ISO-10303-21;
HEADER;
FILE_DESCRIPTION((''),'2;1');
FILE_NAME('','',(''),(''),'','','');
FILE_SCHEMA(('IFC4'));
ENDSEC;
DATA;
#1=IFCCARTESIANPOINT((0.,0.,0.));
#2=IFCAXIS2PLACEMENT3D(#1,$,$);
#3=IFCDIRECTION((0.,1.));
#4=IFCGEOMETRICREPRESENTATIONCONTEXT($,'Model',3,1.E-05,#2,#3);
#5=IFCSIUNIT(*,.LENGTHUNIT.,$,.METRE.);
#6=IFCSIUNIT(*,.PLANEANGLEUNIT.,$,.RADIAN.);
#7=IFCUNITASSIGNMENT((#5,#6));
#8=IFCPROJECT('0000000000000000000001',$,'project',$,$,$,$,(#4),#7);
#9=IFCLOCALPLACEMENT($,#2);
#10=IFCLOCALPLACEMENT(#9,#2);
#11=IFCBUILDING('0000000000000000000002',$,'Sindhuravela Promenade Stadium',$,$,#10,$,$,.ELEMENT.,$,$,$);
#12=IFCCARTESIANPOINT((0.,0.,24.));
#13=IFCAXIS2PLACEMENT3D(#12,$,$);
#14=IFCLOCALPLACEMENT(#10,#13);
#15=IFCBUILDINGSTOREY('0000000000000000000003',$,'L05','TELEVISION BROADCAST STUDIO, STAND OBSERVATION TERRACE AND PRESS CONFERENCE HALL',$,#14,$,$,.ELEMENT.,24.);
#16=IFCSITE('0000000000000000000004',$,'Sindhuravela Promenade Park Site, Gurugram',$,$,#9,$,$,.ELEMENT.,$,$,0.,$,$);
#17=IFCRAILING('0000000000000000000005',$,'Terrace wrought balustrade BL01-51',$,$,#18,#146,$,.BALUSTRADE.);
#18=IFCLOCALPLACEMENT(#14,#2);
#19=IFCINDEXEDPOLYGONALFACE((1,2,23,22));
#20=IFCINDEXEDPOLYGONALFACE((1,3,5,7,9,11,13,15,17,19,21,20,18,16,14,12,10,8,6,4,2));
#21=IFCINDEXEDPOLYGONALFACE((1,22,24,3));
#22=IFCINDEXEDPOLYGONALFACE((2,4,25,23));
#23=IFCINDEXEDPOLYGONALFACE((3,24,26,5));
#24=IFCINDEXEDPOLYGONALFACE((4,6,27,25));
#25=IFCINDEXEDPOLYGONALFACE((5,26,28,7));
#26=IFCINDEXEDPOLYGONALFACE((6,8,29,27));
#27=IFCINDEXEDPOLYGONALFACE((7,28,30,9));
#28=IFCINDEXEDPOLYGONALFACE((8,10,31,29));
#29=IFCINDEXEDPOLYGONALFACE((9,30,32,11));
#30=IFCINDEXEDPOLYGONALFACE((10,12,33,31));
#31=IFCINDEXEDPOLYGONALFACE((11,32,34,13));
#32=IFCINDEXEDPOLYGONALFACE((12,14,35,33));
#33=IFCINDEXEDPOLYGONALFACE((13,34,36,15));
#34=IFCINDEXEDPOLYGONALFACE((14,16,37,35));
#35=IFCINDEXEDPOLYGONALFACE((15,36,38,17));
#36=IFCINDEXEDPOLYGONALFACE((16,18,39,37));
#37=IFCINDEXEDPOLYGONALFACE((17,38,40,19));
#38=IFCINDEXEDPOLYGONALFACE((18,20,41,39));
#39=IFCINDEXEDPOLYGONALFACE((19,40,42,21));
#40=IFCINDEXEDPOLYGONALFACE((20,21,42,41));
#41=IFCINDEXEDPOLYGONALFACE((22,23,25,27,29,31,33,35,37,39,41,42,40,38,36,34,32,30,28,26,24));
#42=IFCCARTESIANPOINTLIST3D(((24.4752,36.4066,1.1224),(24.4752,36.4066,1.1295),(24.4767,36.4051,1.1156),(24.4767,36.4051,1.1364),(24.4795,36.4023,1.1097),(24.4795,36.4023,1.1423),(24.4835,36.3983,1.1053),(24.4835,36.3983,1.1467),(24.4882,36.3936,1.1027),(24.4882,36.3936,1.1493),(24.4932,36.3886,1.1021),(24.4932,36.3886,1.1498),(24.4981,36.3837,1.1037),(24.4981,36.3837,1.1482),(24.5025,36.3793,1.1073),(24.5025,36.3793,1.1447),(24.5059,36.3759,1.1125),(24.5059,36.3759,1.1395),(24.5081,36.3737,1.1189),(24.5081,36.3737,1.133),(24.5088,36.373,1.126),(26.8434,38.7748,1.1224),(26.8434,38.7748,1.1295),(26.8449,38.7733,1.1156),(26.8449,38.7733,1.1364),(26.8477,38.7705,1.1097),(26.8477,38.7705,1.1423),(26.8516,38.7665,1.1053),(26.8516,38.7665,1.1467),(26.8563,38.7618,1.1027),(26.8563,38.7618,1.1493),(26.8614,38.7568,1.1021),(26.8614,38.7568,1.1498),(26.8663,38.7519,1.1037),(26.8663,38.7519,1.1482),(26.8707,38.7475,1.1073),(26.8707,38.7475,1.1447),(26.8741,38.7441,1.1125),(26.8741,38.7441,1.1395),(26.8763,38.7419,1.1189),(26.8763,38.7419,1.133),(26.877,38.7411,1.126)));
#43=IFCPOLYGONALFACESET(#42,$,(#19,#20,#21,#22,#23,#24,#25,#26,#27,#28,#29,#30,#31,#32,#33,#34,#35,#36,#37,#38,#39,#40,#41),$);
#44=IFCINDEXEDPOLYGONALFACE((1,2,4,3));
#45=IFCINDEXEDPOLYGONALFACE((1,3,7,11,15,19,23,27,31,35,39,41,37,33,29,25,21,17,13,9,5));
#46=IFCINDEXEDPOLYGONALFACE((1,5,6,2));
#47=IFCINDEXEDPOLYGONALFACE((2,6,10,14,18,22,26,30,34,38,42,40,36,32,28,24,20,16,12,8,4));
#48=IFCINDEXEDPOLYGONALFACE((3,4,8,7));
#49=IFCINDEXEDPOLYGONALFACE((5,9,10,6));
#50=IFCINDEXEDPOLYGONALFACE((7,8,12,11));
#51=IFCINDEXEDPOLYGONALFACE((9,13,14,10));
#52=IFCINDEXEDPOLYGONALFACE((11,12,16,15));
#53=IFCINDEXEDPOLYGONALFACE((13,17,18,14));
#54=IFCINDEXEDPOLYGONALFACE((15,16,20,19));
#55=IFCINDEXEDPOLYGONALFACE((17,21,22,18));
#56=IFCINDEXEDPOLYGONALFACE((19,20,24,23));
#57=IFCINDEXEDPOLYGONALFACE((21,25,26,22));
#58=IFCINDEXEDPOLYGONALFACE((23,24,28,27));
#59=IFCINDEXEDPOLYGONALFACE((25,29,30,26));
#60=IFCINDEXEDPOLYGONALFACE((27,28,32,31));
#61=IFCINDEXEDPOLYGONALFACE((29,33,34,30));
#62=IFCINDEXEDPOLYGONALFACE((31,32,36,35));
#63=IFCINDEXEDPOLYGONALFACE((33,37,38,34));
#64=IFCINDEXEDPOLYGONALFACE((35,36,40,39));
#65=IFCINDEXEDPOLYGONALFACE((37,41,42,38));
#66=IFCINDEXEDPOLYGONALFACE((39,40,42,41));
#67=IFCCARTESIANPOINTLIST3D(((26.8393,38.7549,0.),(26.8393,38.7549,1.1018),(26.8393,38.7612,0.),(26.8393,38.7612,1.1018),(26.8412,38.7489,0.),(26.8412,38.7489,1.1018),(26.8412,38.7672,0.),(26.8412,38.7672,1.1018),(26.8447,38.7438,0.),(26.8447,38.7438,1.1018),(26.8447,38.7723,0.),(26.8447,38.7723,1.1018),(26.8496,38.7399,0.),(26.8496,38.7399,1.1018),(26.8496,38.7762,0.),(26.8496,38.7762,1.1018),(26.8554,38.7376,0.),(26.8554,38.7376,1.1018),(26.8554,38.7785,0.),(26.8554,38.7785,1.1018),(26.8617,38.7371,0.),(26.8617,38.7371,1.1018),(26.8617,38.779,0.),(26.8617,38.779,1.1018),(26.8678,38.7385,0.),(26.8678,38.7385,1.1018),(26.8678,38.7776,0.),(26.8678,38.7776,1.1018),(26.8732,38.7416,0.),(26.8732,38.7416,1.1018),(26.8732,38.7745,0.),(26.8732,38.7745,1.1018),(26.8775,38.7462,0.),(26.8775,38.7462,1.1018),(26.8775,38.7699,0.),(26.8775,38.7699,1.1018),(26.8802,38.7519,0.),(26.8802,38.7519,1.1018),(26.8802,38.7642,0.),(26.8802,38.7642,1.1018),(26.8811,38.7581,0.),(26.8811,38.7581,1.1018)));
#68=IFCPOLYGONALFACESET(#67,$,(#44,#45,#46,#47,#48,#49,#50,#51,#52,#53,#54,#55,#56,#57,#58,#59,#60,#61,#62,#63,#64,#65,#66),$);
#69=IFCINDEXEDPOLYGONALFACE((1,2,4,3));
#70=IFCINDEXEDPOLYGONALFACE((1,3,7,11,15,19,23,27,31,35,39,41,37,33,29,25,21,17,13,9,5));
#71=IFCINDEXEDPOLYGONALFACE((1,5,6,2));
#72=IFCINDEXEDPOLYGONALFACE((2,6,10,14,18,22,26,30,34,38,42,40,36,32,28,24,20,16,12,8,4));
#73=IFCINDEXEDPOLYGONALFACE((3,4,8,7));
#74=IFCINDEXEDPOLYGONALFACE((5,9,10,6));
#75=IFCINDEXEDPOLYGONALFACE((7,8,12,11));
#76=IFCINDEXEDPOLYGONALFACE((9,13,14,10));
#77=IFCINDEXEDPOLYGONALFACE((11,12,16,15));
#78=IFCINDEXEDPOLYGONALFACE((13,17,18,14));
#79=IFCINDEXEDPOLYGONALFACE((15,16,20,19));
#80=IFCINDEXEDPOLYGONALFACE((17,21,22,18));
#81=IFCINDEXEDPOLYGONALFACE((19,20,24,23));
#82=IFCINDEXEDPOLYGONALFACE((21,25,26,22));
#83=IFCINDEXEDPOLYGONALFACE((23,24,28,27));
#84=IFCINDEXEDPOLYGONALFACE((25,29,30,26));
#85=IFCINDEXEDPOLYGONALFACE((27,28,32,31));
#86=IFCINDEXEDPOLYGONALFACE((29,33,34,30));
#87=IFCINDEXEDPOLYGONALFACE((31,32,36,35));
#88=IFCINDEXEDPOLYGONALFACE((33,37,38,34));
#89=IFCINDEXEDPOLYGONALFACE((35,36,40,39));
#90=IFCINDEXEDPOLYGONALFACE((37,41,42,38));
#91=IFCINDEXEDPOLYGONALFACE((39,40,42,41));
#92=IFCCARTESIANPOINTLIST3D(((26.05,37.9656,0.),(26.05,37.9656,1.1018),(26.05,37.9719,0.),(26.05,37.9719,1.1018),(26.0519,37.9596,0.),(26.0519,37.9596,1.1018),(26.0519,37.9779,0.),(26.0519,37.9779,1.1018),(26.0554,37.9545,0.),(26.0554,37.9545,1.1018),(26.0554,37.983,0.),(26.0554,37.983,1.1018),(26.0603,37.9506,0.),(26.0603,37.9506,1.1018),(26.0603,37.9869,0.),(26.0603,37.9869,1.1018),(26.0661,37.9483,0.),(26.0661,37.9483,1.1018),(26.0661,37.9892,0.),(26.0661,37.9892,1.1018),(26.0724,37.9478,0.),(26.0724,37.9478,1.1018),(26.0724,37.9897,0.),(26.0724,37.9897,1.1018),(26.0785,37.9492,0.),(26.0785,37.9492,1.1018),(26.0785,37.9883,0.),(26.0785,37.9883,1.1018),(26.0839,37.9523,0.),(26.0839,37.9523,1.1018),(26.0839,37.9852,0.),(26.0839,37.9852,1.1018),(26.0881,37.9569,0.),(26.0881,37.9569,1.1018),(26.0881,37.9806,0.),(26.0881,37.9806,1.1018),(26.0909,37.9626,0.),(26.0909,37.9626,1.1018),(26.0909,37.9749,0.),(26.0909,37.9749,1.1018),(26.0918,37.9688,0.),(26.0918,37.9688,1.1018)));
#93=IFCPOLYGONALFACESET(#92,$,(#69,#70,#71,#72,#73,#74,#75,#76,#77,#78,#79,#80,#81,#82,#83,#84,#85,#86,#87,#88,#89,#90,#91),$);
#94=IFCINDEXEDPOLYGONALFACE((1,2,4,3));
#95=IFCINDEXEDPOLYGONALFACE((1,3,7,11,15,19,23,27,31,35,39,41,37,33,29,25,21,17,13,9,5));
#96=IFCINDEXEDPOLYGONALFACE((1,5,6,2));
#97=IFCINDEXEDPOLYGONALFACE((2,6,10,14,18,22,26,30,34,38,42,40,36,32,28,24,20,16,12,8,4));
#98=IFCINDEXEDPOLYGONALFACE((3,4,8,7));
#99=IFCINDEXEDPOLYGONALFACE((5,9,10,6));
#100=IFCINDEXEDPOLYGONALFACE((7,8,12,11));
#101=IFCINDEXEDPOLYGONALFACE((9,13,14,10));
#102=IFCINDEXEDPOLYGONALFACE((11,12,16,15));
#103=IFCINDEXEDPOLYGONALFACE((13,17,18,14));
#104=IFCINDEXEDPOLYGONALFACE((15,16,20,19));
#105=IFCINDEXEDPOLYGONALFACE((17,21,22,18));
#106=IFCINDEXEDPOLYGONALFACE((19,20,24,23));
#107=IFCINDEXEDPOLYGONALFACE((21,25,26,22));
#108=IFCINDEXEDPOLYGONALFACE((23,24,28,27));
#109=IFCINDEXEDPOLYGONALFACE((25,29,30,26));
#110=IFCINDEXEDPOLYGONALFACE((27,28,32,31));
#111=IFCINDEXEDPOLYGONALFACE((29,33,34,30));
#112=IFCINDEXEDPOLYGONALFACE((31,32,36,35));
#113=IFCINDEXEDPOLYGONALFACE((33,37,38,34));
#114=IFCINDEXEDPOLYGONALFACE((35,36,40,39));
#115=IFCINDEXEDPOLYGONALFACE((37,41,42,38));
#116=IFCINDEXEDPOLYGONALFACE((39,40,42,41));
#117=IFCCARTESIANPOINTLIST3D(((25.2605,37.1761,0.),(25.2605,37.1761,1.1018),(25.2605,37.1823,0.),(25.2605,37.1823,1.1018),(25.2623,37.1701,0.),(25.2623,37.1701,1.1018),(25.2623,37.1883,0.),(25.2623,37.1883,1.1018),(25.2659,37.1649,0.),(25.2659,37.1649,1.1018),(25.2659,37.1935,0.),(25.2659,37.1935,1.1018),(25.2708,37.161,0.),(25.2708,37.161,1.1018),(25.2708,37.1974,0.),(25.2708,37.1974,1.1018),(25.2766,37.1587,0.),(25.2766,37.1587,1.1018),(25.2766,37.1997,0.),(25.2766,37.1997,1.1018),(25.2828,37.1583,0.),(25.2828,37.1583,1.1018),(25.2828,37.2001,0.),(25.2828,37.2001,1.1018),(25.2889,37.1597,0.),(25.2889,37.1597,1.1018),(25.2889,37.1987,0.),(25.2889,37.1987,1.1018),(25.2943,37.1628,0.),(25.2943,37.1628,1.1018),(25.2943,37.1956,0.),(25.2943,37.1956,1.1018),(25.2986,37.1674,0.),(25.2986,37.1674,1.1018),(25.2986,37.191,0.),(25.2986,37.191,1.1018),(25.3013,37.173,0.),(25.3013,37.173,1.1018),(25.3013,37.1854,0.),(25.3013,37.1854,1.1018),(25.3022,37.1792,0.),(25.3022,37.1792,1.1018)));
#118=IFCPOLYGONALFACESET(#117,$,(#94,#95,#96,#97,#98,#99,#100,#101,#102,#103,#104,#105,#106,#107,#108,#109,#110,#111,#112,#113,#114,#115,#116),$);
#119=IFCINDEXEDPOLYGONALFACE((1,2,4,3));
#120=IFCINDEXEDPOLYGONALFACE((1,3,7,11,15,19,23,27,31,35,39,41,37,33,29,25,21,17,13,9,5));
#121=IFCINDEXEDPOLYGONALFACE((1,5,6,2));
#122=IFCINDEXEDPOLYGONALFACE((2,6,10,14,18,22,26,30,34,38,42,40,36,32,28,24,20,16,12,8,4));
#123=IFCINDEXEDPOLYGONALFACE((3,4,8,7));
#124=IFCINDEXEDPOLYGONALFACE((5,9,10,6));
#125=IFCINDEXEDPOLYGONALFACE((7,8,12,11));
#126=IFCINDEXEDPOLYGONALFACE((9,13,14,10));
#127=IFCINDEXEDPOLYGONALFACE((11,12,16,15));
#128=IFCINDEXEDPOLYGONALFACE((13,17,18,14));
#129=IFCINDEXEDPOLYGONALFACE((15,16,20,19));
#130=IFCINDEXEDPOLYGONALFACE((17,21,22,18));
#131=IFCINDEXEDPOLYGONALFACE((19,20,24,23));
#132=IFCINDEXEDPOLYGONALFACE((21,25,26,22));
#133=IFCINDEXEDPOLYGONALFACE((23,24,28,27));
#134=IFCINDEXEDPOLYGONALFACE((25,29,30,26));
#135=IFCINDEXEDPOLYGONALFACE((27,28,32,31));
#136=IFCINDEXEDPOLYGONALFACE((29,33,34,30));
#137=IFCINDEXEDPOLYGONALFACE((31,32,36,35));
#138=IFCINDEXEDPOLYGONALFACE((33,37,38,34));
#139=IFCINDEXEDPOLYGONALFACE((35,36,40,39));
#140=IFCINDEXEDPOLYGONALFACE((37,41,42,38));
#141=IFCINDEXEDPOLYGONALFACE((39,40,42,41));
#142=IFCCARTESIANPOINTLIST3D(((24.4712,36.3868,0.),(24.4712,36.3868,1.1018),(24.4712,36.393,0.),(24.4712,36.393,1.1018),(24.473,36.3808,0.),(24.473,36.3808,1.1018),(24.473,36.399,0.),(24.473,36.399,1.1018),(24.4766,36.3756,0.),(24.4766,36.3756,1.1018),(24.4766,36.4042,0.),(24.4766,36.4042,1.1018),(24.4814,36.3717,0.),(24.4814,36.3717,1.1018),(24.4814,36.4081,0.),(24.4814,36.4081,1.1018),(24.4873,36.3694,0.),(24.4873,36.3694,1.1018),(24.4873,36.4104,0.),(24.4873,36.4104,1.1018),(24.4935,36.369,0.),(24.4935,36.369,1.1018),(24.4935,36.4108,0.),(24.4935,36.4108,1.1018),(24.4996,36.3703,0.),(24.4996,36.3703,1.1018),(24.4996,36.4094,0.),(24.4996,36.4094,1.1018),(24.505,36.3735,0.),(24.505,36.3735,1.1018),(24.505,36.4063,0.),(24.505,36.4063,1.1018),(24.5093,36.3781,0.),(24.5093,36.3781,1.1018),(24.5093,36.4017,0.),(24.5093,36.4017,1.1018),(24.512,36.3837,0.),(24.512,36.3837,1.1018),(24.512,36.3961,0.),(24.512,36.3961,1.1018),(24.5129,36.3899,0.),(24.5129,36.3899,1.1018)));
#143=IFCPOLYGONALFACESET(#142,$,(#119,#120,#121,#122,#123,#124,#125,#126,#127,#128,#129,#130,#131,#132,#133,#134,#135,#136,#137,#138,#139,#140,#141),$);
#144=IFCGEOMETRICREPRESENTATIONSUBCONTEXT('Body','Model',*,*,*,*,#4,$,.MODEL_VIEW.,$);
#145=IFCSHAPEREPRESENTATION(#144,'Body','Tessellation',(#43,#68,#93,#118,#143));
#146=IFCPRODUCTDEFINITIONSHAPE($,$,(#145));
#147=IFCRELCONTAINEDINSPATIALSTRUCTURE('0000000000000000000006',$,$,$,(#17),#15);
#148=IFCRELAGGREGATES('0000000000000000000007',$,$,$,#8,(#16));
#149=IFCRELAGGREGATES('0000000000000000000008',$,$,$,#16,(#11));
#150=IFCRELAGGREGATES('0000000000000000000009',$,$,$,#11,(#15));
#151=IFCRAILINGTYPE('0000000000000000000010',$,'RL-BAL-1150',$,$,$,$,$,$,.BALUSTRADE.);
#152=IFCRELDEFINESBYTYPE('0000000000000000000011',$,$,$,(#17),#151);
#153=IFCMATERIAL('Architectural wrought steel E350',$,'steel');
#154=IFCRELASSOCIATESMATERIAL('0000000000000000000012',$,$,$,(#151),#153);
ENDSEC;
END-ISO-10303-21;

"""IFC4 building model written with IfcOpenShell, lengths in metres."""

from ifc_helpers import new_model, si_unit, direction, frame, origin, origin_2d, place, context, subcontext, project, spatial, circle, extrude, material, type_object, element, save


model = new_model("IFC4")

# Units and contexts
model_context = context("Model", 3, precision=1e-05, world=origin(), true_north=direction((0.0, 1.0)))
body_context = subcontext(model_context, "Body", "Model", "MODEL_VIEW")
ifc_project = project(units=[si_unit("LENGTHUNIT", "METRE"), si_unit("PLANEANGLEUNIT", "RADIAN")], contexts=[model_context])

# Site, building, storey
site_placement = place(None, origin())
site = spatial("IfcSite", under=ifc_project, at=site_placement, Name="Sindhuravela Promenade Park Site, Gurugram", CompositionType="ELEMENT", RefElevation=0.0)
building_placement = place(site_placement, origin())
building = spatial("IfcBuilding", under=site, at=building_placement, Name="Sindhuravela Promenade Stadium", CompositionType="ELEMENT")
storey_placement = place(building_placement, frame((0.0, 0.0, 24.0)))
storey = spatial("IfcBuildingStorey", under=building, at=storey_placement, Name="L05", Description="TELEVISION BROADCAST STUDIO, STAND OBSERVATION TERRACE AND PRESS CONFERENCE HALL", CompositionType="ELEMENT", Elevation=24.0)

# Shared definitions
ifc_material_1 = material(Name="Architectural wrought steel E350", Category="steel")

# Railing
railing_type = type_object("IfcRailingType", Name="RL-BAL-1150", PredefinedType="BALUSTRADE", material=ifc_material_1)
railing_1_placement = place(storey_placement, frame((26.8601, 38.7581, 0.0)))
element("IfcRailing", 1, at=railing_1_placement, inside=storey, type_object=railing_type, Name="Terrace wrought balustrade BL01-51", PredefinedType="BALUSTRADE", context=body_context, shape_type="SweptSolid", body=[
    extrude(circle(Radius=0.0239, at=origin_2d()), frame((0.0, 0.0, 1.126), z_axis=(-0.707107, -0.707107, 0.0), x_axis=(0.707107, -0.707107, 0.0)), (0.0, 0.0, 1.0), 3.3491),
    extrude(circle(Radius=0.021, at=origin_2d()), origin(), (0.0, 0.0, 1.0), 1.1018),
    extrude(circle(Radius=0.021, at=origin_2d()), frame((-0.7893, -0.7893, 0.0)), (0.0, 0.0, 1.0), 1.1018),
    extrude(circle(Radius=0.021, at=origin_2d()), frame((-1.5789, -1.5789, 0.0)), (0.0, 0.0, 1.0), 1.1018),
    extrude(circle(Radius=0.021, at=origin_2d()), frame((-2.3682, -2.3682, 0.0)), (0.0, 0.0, 1.0), 1.1018),
])

save(model, "model.ifc")
